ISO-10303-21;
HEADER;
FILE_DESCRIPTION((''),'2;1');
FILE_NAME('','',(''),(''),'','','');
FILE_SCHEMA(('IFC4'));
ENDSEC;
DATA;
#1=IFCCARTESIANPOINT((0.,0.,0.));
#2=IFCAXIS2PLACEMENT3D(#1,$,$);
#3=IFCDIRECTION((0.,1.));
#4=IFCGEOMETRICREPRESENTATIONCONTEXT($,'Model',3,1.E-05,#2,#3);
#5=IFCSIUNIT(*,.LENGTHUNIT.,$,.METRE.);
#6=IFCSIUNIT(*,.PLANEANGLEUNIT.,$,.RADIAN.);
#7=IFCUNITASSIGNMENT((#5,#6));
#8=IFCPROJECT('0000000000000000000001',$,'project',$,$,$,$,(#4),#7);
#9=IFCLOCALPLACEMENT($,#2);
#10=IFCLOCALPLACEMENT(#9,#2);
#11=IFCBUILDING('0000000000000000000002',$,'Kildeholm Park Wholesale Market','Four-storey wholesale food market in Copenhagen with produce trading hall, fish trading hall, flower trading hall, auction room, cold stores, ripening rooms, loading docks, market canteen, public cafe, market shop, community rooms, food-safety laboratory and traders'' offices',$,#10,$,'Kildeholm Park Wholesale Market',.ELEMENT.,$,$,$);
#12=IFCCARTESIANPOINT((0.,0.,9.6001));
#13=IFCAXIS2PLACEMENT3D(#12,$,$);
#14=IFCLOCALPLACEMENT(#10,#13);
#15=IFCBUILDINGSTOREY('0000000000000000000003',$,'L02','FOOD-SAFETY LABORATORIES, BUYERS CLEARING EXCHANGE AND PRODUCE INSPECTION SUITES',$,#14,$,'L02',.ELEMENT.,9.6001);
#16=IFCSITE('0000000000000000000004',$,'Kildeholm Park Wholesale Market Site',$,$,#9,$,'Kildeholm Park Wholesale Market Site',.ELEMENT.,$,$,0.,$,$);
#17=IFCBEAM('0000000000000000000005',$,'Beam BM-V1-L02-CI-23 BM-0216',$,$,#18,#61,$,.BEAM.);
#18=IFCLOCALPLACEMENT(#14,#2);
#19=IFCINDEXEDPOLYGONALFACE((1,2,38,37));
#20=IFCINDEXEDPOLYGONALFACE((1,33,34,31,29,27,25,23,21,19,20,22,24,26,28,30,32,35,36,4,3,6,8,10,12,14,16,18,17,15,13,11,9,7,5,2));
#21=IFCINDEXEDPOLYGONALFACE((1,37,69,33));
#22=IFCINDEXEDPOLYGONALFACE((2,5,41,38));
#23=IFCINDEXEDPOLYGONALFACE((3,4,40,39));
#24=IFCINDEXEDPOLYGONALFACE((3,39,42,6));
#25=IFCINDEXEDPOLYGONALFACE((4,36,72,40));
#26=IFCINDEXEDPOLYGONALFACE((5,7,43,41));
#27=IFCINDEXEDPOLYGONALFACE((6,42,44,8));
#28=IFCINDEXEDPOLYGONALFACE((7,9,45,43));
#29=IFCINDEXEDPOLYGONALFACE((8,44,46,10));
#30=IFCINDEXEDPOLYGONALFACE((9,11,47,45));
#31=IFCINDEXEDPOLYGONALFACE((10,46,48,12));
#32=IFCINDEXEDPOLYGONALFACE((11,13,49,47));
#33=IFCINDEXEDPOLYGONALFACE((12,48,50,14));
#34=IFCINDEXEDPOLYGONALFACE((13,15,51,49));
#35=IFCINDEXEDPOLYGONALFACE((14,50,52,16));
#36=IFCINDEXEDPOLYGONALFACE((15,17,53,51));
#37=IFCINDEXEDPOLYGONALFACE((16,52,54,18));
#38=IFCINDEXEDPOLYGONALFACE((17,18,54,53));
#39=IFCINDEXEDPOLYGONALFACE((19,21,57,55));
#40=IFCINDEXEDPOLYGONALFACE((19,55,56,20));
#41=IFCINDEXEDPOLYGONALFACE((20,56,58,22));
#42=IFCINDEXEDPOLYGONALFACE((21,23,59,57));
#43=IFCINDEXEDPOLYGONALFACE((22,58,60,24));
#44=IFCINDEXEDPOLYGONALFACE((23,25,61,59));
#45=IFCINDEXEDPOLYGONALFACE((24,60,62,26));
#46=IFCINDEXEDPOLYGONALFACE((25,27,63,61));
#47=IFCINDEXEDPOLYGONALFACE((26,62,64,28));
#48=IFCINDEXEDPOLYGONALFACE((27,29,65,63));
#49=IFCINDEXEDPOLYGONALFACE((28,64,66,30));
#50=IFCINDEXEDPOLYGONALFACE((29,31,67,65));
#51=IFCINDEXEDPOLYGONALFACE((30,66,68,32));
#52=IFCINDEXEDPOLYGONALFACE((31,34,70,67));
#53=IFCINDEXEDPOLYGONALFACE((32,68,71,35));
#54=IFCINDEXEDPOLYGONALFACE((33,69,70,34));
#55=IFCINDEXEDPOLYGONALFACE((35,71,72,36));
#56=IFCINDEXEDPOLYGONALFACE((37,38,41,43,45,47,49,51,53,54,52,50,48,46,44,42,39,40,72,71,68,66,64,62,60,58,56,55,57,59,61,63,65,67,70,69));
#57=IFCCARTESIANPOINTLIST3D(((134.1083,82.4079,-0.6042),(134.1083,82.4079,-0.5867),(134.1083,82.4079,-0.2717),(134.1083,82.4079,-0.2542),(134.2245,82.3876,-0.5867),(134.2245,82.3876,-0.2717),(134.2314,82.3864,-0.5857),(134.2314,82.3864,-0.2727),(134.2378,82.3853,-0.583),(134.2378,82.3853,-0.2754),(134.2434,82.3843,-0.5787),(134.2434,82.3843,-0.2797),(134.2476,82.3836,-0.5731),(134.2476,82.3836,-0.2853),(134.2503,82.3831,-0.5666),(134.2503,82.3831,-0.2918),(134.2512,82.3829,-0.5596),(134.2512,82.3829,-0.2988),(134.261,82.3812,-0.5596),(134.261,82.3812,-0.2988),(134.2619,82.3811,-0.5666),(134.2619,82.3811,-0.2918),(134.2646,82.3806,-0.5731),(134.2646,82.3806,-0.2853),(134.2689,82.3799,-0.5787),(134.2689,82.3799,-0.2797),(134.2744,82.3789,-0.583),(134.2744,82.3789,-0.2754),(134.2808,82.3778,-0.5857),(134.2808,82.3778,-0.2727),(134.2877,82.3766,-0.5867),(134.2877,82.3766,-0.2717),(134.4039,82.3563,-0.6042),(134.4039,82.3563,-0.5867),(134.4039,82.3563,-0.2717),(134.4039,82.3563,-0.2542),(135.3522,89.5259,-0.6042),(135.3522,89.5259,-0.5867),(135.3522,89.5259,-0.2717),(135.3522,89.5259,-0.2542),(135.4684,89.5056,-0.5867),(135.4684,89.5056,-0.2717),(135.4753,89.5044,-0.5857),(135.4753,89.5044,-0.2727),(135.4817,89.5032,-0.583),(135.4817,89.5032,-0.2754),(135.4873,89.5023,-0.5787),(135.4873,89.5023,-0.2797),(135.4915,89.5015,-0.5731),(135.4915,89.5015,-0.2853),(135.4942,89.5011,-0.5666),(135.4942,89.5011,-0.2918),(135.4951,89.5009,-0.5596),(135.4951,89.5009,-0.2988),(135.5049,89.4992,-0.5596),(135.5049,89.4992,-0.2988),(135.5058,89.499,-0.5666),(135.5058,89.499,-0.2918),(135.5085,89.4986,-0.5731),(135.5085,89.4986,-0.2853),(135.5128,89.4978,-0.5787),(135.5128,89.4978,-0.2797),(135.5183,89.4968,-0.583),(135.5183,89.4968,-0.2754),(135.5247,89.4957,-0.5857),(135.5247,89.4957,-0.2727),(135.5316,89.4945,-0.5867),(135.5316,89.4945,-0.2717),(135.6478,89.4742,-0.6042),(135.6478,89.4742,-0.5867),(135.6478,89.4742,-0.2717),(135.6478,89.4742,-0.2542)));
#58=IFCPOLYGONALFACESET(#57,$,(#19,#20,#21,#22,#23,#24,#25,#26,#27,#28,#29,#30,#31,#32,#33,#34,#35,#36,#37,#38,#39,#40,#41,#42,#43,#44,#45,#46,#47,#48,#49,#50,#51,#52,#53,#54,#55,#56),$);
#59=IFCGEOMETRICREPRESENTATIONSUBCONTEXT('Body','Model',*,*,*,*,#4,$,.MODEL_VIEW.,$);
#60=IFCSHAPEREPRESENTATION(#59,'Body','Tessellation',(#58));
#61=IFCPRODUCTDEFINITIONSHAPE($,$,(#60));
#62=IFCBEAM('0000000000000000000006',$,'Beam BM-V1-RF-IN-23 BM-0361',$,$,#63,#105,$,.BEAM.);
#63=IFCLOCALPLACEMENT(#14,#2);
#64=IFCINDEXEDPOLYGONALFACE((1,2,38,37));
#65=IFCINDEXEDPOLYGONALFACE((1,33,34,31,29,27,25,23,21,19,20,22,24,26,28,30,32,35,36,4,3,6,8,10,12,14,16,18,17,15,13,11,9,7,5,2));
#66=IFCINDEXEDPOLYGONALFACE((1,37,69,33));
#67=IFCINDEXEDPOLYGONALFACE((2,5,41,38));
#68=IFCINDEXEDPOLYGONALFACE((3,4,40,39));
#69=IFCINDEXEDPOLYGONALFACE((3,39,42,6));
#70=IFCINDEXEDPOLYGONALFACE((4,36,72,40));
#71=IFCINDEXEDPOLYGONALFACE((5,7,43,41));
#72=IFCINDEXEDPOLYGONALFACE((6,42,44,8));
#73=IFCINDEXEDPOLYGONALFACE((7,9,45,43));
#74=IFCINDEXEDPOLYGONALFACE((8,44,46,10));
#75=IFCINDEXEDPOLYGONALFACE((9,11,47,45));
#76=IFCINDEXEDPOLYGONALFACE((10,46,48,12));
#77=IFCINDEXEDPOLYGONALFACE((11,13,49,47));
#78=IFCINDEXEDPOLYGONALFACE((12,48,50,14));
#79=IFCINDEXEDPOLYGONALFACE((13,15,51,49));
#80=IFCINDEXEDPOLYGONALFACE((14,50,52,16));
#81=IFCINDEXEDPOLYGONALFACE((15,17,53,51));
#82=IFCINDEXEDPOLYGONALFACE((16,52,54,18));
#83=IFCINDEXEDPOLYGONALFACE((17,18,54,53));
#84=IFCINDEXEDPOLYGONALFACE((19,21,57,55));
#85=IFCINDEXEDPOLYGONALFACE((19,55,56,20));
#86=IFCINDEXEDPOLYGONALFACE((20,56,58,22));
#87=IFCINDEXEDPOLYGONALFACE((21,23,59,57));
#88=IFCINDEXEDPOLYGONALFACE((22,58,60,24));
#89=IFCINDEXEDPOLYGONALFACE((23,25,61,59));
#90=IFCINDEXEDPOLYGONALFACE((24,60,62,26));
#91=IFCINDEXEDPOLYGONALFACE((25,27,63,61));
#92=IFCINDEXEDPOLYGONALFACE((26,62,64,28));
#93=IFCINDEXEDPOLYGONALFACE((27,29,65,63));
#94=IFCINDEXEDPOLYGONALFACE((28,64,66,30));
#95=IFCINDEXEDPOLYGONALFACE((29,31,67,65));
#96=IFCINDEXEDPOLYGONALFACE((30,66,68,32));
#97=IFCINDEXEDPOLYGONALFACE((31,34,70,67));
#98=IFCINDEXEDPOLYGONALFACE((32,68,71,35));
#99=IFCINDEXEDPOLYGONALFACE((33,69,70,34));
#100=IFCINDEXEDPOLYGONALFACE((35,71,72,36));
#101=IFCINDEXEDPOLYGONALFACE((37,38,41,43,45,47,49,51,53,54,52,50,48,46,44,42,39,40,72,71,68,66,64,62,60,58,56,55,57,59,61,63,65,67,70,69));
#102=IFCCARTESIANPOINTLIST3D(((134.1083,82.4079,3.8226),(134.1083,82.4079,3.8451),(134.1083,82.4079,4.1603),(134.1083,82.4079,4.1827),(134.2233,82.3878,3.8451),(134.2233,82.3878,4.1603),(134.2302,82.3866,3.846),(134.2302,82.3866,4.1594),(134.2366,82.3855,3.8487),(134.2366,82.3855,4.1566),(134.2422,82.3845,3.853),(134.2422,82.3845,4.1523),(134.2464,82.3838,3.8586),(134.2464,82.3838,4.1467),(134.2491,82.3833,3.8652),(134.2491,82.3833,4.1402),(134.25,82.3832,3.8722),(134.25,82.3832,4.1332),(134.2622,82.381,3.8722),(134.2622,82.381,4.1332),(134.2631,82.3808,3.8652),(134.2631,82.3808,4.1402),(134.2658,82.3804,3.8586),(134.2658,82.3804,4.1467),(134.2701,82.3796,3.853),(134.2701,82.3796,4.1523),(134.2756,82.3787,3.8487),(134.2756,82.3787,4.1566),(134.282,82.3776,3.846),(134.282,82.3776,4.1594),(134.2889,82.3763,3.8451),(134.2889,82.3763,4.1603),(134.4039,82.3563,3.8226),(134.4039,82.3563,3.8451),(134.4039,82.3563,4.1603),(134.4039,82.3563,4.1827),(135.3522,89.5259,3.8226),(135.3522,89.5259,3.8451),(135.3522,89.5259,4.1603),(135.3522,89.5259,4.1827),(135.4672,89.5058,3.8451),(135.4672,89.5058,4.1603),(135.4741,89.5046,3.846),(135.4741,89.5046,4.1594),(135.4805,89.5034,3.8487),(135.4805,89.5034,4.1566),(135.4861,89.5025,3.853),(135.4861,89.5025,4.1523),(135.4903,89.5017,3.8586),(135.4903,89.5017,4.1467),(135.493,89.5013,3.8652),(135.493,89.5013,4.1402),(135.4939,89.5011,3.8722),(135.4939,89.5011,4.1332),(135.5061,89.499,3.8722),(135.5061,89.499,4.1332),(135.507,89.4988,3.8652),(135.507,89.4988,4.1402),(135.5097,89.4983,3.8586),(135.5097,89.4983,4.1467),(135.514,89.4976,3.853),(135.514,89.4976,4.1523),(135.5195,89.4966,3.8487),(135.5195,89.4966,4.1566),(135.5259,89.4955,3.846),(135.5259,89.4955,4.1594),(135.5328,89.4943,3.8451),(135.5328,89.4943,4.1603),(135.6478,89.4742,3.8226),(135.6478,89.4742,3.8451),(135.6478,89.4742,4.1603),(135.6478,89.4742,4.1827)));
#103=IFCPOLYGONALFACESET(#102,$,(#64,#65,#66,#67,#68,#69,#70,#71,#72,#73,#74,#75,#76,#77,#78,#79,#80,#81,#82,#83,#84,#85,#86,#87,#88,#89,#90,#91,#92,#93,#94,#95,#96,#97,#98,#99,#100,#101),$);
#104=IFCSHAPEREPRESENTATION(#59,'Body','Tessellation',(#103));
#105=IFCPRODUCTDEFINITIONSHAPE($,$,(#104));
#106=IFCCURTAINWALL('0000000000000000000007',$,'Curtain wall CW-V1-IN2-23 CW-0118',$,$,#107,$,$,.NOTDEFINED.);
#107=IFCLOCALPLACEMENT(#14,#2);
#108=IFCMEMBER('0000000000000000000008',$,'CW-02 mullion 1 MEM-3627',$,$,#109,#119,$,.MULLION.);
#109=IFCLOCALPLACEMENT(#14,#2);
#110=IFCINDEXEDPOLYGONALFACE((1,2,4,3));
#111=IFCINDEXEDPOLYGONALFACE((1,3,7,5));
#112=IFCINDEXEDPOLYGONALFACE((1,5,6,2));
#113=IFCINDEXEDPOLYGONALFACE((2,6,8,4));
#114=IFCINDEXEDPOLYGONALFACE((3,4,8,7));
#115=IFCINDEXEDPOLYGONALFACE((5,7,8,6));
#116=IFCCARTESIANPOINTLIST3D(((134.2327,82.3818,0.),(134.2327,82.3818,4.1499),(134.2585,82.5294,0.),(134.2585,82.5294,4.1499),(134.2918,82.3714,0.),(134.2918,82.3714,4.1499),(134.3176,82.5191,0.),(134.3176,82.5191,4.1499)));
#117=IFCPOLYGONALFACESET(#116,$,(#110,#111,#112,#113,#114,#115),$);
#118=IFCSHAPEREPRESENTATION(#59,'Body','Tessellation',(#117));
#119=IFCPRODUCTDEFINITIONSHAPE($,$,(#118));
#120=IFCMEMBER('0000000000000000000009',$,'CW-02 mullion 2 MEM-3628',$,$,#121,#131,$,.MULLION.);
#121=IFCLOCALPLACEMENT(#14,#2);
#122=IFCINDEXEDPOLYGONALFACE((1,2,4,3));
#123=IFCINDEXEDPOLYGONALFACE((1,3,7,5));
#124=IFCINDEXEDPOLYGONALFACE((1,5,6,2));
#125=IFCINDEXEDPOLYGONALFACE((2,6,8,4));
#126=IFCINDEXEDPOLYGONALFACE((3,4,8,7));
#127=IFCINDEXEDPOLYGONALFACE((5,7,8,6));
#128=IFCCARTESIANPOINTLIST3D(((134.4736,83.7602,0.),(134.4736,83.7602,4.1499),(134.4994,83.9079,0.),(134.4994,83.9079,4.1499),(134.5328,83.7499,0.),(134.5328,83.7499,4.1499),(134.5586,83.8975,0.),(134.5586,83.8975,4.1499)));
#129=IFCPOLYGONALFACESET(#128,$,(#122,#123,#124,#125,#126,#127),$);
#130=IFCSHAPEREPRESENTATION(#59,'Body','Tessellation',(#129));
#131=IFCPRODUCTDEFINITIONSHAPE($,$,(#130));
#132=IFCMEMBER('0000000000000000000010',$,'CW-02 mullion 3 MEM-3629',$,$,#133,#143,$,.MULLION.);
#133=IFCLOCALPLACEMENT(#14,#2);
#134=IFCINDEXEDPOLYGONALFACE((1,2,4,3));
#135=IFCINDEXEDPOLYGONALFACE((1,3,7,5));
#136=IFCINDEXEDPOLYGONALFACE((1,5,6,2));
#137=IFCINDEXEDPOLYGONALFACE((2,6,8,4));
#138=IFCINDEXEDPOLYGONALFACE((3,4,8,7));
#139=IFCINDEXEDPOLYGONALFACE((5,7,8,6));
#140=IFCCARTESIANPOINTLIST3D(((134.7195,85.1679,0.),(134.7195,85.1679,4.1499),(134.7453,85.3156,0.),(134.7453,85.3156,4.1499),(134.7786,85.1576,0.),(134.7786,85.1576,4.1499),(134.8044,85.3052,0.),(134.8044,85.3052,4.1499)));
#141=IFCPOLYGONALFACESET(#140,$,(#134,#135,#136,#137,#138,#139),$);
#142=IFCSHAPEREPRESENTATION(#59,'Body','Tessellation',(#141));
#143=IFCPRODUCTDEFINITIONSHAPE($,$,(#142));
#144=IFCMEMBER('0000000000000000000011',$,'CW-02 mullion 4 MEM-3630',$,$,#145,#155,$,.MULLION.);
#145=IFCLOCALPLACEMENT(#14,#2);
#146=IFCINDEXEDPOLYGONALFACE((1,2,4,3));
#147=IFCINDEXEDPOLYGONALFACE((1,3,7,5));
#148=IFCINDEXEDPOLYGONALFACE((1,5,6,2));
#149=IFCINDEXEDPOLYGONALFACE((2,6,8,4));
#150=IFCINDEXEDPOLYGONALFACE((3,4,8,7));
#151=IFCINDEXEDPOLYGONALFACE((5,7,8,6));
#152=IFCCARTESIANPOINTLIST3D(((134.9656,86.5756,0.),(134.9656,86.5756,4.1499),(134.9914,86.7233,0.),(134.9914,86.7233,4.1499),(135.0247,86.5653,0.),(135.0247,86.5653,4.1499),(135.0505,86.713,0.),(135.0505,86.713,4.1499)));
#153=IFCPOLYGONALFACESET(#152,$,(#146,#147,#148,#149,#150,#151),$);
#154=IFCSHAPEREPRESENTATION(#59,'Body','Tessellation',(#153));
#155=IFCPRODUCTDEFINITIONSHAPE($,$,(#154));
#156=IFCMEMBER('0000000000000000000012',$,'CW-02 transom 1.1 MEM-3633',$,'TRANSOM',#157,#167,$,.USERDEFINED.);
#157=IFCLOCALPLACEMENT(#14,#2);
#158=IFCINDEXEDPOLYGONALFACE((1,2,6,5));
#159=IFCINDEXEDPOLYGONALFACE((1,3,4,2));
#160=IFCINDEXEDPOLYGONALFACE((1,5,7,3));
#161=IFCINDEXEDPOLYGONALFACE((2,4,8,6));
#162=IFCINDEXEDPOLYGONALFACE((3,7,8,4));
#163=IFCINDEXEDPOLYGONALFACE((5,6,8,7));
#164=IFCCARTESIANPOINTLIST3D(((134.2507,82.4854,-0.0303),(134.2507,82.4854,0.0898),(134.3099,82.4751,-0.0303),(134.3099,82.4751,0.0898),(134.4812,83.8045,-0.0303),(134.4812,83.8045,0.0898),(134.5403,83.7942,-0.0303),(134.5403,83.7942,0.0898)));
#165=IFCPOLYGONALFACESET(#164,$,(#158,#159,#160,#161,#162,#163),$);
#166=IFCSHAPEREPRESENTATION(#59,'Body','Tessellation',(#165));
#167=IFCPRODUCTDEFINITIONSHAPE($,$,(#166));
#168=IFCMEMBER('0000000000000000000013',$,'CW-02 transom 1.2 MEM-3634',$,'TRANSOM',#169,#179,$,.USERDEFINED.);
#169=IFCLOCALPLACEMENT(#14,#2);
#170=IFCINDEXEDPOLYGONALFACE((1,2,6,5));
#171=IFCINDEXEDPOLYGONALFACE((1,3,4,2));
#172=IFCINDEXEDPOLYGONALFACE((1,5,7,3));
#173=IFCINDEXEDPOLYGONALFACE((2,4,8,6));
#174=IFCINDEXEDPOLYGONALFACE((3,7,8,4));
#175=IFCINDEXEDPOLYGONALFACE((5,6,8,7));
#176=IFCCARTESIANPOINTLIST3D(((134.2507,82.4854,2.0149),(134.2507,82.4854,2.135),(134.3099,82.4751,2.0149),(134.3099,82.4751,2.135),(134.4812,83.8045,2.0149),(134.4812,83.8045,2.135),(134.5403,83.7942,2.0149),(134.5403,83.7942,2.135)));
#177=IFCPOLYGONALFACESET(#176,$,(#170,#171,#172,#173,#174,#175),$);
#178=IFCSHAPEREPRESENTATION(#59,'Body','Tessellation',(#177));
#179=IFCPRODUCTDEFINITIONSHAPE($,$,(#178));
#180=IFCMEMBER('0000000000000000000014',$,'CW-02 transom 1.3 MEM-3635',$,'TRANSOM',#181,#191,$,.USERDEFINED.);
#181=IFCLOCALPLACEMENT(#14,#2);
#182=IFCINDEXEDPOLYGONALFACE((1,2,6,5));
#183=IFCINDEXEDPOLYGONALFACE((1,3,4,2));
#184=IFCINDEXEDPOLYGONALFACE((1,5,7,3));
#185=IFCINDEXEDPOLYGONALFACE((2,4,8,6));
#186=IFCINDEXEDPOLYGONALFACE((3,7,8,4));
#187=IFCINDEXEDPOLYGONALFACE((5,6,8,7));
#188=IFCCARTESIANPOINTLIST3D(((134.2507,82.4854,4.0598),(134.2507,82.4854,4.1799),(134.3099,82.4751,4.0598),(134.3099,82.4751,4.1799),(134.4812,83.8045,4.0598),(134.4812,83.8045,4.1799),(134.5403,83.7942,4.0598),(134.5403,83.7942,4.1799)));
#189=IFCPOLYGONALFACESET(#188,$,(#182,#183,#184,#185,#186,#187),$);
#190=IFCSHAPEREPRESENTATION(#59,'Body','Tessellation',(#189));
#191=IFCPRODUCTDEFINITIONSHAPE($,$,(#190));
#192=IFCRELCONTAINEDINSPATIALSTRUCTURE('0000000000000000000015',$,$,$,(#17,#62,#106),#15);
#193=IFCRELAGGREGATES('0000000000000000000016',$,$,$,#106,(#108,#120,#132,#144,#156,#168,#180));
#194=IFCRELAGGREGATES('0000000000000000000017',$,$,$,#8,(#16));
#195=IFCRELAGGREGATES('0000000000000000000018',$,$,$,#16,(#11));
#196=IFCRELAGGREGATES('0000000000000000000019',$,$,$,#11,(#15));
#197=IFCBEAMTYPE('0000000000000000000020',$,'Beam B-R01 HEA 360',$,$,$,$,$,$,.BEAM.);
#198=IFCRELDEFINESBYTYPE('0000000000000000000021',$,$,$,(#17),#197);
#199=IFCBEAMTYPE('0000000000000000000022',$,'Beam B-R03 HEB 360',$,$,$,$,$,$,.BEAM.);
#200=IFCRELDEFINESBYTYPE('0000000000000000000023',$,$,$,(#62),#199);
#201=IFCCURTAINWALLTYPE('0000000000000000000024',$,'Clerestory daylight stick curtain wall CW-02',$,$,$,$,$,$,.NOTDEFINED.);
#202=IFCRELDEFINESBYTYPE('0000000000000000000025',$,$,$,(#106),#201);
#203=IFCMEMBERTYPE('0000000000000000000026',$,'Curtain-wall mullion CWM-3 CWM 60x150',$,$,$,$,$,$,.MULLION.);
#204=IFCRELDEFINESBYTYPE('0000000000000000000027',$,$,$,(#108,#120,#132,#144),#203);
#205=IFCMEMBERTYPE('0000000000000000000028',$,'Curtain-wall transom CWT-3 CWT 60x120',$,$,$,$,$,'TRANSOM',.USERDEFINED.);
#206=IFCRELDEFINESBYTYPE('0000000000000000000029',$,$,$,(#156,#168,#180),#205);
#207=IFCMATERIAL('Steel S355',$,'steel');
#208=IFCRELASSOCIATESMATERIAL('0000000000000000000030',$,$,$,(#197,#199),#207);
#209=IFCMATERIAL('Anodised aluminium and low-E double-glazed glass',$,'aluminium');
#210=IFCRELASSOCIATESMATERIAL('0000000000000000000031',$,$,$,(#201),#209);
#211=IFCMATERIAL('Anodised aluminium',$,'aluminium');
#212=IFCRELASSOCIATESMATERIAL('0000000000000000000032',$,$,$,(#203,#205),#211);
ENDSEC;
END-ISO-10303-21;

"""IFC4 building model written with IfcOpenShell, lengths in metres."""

from ifc_helpers import new_model, si_unit, direction, frame, origin, origin_2d, place, context, subcontext, project, spatial, rectangle, i_section, extrude, material, material_profile, profile_set, type_object, element, aggregate, save


model = new_model("IFC4")

# Units and contexts
model_context = context("Model", 3, precision=1e-05, world=origin(), true_north=direction((0.0, 1.0)))
body_context = subcontext(model_context, "Body", "Model", "MODEL_VIEW")
ifc_project = project(units=[si_unit("LENGTHUNIT", "METRE"), si_unit("PLANEANGLEUNIT", "RADIAN")], contexts=[model_context])

# Site, building, storey
site_placement = place(None, origin())
site = spatial("IfcSite", under=ifc_project, at=site_placement, Name="Kildeholm Park Wholesale Market Site", LongName="Kildeholm Park Wholesale Market Site", CompositionType="ELEMENT", RefElevation=0.0)
building_placement = place(site_placement, origin())
building = spatial("IfcBuilding", under=site, at=building_placement, Name="Kildeholm Park Wholesale Market", Description="Four-storey wholesale food market in Copenhagen with produce trading hall, fish trading hall, flower trading hall, auction room, cold stores, ripening rooms, loading docks, market canteen, public cafe, market shop, community rooms, food-safety laboratory and traders' offices", LongName="Kildeholm Park Wholesale Market", CompositionType="ELEMENT")
storey_placement = place(building_placement, frame((0.0, 0.0, 9.6001)))
storey = spatial("IfcBuildingStorey", under=building, at=storey_placement, Name="L02", Description="FOOD-SAFETY LABORATORIES, BUYERS CLEARING EXCHANGE AND PRODUCE INSPECTION SUITES", LongName="L02", CompositionType="ELEMENT", Elevation=9.6001)

# Beams
ifc_material_1 = material(Name="Steel S355", Category="steel")
ifc_material_profile_1 = material_profile(ifc_material_1, i_section(OverallWidth=0.3, OverallDepth=0.3501, WebThickness=0.01, FlangeThickness=0.0176, FilletRadius=0.0271, at=origin_2d()), Name="HEA 360")
ifc_profile_set_1 = profile_set([ifc_material_profile_1], Name="Steel S355")
beam_type_1 = type_object("IfcBeamType", Name="Beam B-R01 HEA 360", PredefinedType="BEAM", material=ifc_profile_set_1)
beam_1_placement = place(storey_placement, frame((134.2561, 82.3821, -0.4292), z_axis=(0.172147, 0.985071, 0.0), x_axis=(-0.985071, 0.172147, 0.0)))
element("IfcBeam", 1, at=beam_1_placement, inside=storey, type_object=beam_type_1, Name="Beam BM-V1-L02-CI-23 BM-0216", PredefinedType="BEAM", context=body_context, shape_type="SweptSolid", body=[
    extrude(i_section(OverallWidth=0.3, OverallDepth=0.3501, WebThickness=0.01, FlangeThickness=0.0176, FilletRadius=0.0271, at=origin_2d()), origin(), (0.0, 0.0, 1.0), 7.2258),
])
ifc_material_profile_2 = material_profile(ifc_material_1, i_section(OverallWidth=0.3, OverallDepth=0.3601, WebThickness=0.0125, FlangeThickness=0.0225, FilletRadius=0.0271, at=origin_2d()), Name="HEB 360")
ifc_profile_set_2 = profile_set([ifc_material_profile_2], Name="Steel S355")
beam_type_2 = type_object("IfcBeamType", Name="Beam B-R03 HEB 360", PredefinedType="BEAM", material=ifc_profile_set_2)
beam_2_placement = place(storey_placement, frame((134.2561, 82.3821, 4.0027), z_axis=(0.172147, 0.985071, 0.0), x_axis=(-0.985071, 0.172147, 0.0)))
element("IfcBeam", 2, at=beam_2_placement, inside=storey, type_object=beam_type_2, Name="Beam BM-V1-RF-IN-23 BM-0361", PredefinedType="BEAM", context=body_context, shape_type="SweptSolid", body=[
    extrude(i_section(OverallWidth=0.3, OverallDepth=0.3601, WebThickness=0.0125, FlangeThickness=0.0225, FilletRadius=0.0271, at=origin_2d()), origin(), (0.0, 0.0, 1.0), 7.2258),
])

# Curtain wall, members
ifc_material_2 = material(Name="Anodised aluminium and low-E double-glazed glass", Category="aluminium")
curtain_wall_type = type_object("IfcCurtainWallType", Name="Clerestory daylight stick curtain wall CW-02", PredefinedType="NOTDEFINED", material=ifc_material_2)
curtain_wall_placement = place(storey_placement, origin())
curtain_wall = element("IfcCurtainWall", 3, at=curtain_wall_placement, inside=storey, type_object=curtain_wall_type, Name="Curtain wall CW-V1-IN2-23 CW-0118", PredefinedType="NOTDEFINED")
ifc_material_3 = material(Name="Anodised aluminium", Category="aluminium")
ifc_material_profile_3 = material_profile(ifc_material_3, rectangle(XDim=0.0601, YDim=0.1499, at=origin_2d()), Name="CWM 60x150")
ifc_profile_set_3 = profile_set([ifc_material_profile_3], Name="Anodised aluminium")
member_type_1 = type_object("IfcMemberType", Name="Curtain-wall mullion CWM-3 CWM 60x150", PredefinedType="MULLION", material=ifc_profile_set_3)
member_1_placement = place(storey_placement, frame((134.2751, 82.4504, 0.0), z_axis=(0.0, 0.0, 1.0), x_axis=(-0.985074, 0.172133, 0.0)))
member_1 = element("IfcMember", 4, at=member_1_placement, type_object=member_type_1, Name="CW-02 mullion 1 MEM-3627", PredefinedType="MULLION", context=body_context, shape_type="SweptSolid", body=[
    extrude(rectangle(XDim=0.0601, YDim=0.1499, at=origin_2d()), origin(), (0.0, 0.0, 1.0), 4.1499),
])
member_2_placement = place(storey_placement, frame((134.5161, 83.8289, 0.0), z_axis=(0.0, 0.0, 1.0), x_axis=(-0.985074, 0.172133, 0.0)))
member_2 = element("IfcMember", 5, at=member_2_placement, type_object=member_type_1, Name="CW-02 mullion 2 MEM-3628", PredefinedType="MULLION", context=body_context, shape_type="SweptSolid", body=[
    extrude(rectangle(XDim=0.0601, YDim=0.1499, at=origin_2d()), origin(), (0.0, 0.0, 1.0), 4.1499),
])
member_3_placement = place(storey_placement, frame((134.762, 85.2366, 0.0), z_axis=(0.0, 0.0, 1.0), x_axis=(-0.985074, 0.172133, 0.0)))
member_3 = element("IfcMember", 6, at=member_3_placement, type_object=member_type_1, Name="CW-02 mullion 3 MEM-3629", PredefinedType="MULLION", context=body_context, shape_type="SweptSolid", body=[
    extrude(rectangle(XDim=0.0601, YDim=0.1499, at=origin_2d()), origin(), (0.0, 0.0, 1.0), 4.1499),
])
member_4_placement = place(storey_placement, frame((135.0081, 86.6443, 0.0), z_axis=(0.0, 0.0, 1.0), x_axis=(-0.985074, 0.172133, 0.0)))
member_4 = element("IfcMember", 7, at=member_4_placement, type_object=member_type_1, Name="CW-02 mullion 4 MEM-3630", PredefinedType="MULLION", context=body_context, shape_type="SweptSolid", body=[
    extrude(rectangle(XDim=0.0601, YDim=0.1499, at=origin_2d()), origin(), (0.0, 0.0, 1.0), 4.1499),
])
ifc_material_profile_4 = material_profile(ifc_material_3, rectangle(XDim=0.0601, YDim=0.1201, at=origin_2d()), Name="CWT 60x120")
ifc_profile_set_4 = profile_set([ifc_material_profile_4], Name="Anodised aluminium")
member_type_2 = type_object("IfcMemberType", Name="Curtain-wall transom CWT-3 CWT 60x120", ElementType="TRANSOM", PredefinedType="USERDEFINED", material=ifc_profile_set_4)
member_5_placement = place(storey_placement, frame((134.2803, 82.4802, 0.0298), z_axis=(0.172111, 0.985078, 0.0), x_axis=(-0.985078, 0.172111, 0.0)))
member_5 = element("IfcMember", 8, at=member_5_placement, type_object=member_type_2, Name="CW-02 transom 1.1 MEM-3633", ObjectType="TRANSOM", PredefinedType="USERDEFINED", context=body_context, shape_type="SweptSolid", body=[
    extrude(rectangle(XDim=0.0601, YDim=0.1201, at=origin_2d()), origin(), (0.0, 0.0, 1.0), 1.3391),
])
member_6_placement = place(storey_placement, frame((134.2803, 82.4802, 2.075), z_axis=(0.172111, 0.985078, 0.0), x_axis=(-0.985078, 0.172111, 0.0)))
member_6 = element("IfcMember", 9, at=member_6_placement, type_object=member_type_2, Name="CW-02 transom 1.2 MEM-3634", ObjectType="TRANSOM", PredefinedType="USERDEFINED", context=body_context, shape_type="SweptSolid", body=[
    extrude(rectangle(XDim=0.0601, YDim=0.1201, at=origin_2d()), origin(), (0.0, 0.0, 1.0), 1.3391),
])
member_7_placement = place(storey_placement, frame((134.2803, 82.4802, 4.1199), z_axis=(0.172111, 0.985078, 0.0), x_axis=(-0.985078, 0.172111, 0.0)))
member_7 = element("IfcMember", 10, at=member_7_placement, type_object=member_type_2, Name="CW-02 transom 1.3 MEM-3635", ObjectType="TRANSOM", PredefinedType="USERDEFINED", context=body_context, shape_type="SweptSolid", body=[
    extrude(rectangle(XDim=0.0601, YDim=0.1201, at=origin_2d()), origin(), (0.0, 0.0, 1.0), 1.3391),
])
aggregate(curtain_wall, [member_1, member_2, member_3, member_4, member_5, member_6, member_7])

save(model, "model.ifc")
